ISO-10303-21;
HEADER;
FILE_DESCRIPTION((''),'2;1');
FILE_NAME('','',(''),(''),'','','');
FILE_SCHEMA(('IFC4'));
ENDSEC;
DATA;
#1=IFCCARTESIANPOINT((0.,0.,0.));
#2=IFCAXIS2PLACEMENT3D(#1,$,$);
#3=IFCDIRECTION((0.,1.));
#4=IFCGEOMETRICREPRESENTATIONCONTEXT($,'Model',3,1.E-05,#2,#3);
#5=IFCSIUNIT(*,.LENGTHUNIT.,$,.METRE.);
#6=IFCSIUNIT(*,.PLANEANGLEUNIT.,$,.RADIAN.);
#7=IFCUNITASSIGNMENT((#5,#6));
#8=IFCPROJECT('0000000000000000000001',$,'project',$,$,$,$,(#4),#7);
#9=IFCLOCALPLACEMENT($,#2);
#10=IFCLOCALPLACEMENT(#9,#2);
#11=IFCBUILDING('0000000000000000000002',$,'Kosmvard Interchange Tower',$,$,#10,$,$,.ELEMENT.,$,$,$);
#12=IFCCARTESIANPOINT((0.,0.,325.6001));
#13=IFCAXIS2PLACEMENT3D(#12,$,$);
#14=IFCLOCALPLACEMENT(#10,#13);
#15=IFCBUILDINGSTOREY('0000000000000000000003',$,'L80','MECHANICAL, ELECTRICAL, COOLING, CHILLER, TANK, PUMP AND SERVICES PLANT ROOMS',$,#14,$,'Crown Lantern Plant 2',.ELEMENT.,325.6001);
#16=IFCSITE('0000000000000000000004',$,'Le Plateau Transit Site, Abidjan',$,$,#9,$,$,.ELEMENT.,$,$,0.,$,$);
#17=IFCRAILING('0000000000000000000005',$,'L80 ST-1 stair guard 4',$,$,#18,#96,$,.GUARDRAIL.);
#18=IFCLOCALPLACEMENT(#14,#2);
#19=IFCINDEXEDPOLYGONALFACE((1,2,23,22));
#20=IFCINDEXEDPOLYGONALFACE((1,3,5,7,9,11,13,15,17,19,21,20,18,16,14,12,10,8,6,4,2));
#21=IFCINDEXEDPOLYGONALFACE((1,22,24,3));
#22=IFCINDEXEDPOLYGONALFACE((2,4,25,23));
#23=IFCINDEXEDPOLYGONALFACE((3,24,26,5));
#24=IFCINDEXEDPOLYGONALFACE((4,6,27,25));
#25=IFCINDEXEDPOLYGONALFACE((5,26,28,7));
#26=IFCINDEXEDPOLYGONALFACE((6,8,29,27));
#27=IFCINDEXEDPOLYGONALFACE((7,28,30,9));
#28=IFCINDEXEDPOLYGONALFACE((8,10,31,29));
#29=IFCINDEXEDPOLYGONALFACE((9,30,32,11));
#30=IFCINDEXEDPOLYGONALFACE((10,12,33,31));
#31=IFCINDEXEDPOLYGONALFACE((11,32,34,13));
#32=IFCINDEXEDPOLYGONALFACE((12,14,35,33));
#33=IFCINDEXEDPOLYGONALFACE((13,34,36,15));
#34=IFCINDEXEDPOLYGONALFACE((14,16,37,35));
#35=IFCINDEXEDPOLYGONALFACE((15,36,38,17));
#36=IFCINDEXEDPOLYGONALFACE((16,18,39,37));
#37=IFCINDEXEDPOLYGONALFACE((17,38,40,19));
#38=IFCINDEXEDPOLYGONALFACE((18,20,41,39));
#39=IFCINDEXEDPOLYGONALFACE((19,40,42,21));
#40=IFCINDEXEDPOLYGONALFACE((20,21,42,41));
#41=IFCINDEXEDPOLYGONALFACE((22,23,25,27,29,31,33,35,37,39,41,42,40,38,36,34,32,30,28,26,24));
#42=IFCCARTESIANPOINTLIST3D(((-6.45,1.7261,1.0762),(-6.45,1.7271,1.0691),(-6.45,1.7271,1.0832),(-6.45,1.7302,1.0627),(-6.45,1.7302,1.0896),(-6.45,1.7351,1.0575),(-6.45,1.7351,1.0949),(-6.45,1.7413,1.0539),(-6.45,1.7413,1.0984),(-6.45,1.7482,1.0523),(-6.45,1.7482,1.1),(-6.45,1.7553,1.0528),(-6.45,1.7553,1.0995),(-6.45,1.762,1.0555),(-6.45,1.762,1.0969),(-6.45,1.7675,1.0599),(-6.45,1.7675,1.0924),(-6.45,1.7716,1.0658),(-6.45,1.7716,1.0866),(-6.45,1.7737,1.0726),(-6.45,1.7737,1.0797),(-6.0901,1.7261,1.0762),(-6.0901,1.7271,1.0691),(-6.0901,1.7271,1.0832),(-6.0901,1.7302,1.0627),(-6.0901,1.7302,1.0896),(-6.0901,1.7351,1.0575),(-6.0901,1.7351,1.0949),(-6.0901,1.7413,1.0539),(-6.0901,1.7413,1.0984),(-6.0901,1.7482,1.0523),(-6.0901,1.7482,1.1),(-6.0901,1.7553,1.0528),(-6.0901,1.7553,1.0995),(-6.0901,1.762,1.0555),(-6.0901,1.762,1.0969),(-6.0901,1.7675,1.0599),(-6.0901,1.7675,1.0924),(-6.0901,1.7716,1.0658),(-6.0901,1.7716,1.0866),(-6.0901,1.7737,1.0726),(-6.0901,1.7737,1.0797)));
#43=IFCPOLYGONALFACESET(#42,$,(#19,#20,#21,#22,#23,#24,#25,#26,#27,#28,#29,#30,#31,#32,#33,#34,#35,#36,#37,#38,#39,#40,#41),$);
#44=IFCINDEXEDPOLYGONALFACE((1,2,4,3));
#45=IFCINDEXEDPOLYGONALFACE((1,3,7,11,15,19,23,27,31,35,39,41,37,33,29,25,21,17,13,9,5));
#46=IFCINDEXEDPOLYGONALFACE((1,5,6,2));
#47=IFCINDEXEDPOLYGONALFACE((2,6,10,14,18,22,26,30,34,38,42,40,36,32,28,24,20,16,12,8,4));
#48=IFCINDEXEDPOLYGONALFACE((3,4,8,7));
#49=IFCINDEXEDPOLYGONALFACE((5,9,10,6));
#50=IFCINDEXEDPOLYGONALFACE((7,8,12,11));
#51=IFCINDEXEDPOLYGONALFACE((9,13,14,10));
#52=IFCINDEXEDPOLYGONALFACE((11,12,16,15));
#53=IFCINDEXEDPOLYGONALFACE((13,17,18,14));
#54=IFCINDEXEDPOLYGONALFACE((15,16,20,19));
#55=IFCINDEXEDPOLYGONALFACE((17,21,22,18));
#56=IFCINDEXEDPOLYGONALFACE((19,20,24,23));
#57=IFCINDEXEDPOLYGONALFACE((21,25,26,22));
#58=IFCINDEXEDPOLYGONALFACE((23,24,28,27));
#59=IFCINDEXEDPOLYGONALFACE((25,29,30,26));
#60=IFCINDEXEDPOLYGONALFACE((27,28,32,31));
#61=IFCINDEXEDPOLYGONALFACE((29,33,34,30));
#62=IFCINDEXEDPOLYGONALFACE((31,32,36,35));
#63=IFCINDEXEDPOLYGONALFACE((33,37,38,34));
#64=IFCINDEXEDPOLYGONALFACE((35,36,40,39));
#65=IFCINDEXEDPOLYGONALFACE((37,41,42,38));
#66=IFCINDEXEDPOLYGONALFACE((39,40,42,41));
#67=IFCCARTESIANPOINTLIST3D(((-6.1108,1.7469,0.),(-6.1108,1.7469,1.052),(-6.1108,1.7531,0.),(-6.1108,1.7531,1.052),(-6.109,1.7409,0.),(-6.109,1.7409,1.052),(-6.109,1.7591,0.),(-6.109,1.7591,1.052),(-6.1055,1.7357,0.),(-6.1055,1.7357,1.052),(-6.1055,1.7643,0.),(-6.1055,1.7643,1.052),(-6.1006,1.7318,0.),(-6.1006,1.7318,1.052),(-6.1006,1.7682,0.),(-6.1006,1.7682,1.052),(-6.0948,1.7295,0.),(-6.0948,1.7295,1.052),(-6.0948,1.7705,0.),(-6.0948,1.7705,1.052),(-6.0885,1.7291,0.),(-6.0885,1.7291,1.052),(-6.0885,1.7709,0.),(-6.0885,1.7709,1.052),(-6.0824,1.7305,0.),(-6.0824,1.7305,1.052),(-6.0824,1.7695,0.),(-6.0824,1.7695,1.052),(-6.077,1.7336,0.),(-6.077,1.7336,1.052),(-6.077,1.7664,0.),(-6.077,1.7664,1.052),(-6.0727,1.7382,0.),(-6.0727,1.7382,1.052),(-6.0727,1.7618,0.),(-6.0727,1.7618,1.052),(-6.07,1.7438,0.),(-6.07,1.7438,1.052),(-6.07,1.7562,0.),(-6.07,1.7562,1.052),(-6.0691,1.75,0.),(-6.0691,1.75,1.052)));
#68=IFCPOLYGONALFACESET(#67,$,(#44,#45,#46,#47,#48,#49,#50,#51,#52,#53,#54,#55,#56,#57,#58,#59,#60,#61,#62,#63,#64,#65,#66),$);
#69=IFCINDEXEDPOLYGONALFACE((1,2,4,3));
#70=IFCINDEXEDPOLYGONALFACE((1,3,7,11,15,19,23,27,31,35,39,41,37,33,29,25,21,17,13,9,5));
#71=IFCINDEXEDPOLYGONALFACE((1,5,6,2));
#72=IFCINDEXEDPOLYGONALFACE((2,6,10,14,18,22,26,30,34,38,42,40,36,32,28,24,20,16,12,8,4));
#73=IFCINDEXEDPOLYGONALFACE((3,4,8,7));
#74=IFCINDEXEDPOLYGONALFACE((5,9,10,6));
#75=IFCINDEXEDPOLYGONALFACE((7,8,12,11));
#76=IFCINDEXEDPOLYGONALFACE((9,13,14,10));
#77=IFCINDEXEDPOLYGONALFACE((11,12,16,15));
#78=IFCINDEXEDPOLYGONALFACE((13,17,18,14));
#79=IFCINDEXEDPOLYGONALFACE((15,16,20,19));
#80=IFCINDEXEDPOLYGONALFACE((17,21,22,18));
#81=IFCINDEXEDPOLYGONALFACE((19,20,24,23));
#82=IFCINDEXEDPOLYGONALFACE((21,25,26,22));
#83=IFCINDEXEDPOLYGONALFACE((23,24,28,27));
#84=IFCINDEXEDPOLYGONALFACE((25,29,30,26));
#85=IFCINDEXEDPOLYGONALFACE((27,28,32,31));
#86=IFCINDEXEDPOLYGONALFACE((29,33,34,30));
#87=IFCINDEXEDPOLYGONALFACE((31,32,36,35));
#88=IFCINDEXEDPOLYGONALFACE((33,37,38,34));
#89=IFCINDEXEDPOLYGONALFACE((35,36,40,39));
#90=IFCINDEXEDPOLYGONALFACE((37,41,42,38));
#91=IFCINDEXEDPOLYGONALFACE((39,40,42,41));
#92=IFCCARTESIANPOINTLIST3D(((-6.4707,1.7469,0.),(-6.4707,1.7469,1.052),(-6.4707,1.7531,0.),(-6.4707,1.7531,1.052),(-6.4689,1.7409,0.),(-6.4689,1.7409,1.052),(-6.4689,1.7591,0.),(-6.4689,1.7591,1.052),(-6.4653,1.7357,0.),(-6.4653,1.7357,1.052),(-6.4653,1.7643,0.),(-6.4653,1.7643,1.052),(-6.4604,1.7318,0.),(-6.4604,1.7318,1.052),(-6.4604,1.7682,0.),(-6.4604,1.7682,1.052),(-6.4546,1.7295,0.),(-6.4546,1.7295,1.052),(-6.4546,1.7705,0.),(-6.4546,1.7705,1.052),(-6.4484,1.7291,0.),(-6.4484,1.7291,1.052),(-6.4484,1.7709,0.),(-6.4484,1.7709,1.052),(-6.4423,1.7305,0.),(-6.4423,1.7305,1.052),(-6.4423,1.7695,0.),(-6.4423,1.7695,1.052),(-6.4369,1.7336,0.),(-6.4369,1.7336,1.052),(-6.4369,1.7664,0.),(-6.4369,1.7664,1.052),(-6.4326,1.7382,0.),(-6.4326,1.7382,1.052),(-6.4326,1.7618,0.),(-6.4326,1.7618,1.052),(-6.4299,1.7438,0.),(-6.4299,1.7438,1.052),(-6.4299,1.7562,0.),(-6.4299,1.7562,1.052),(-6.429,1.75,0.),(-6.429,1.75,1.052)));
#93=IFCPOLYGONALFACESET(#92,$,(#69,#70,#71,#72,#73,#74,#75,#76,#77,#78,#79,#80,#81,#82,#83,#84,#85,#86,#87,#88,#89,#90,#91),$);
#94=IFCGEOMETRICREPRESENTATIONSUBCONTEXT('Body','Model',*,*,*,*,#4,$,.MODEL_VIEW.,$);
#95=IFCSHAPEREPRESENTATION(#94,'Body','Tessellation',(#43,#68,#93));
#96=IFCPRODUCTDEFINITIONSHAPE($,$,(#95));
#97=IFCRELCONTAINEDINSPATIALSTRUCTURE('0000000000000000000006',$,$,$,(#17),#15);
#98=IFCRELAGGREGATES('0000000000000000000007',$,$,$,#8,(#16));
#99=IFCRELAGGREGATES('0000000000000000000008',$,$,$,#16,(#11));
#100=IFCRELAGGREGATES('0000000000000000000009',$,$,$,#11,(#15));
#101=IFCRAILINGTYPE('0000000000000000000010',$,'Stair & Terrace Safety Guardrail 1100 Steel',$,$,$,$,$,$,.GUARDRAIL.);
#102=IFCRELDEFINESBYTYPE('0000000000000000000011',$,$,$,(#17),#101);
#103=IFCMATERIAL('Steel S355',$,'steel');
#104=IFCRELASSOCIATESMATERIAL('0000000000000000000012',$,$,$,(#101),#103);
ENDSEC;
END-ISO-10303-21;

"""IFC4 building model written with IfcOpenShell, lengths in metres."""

from ifc_helpers import new_model, si_unit, direction, frame, origin, origin_2d, place, context, subcontext, project, spatial, circle, extrude, source, transform, mapped, material, type_object, element, save


model = new_model("IFC4")

# Units and contexts
model_context = context("Model", 3, precision=1e-05, world=origin(), true_north=direction((0.0, 1.0)))
body_context = subcontext(model_context, "Body", "Model", "MODEL_VIEW")
ifc_project = project(units=[si_unit("LENGTHUNIT", "METRE"), si_unit("PLANEANGLEUNIT", "RADIAN")], contexts=[model_context])

# Site, building, storey
site_placement = place(None, origin())
site = spatial("IfcSite", under=ifc_project, at=site_placement, Name="Le Plateau Transit Site, Abidjan", CompositionType="ELEMENT", RefElevation=0.0)
building_placement = place(site_placement, origin())
building = spatial("IfcBuilding", under=site, at=building_placement, Name="Kosmvard Interchange Tower", CompositionType="ELEMENT")
storey_placement = place(building_placement, frame((0.0, 0.0, 325.6001)))
storey = spatial("IfcBuildingStorey", under=building, at=storey_placement, Name="L80", Description="MECHANICAL, ELECTRICAL, COOLING, CHILLER, TANK, PUMP AND SERVICES PLANT ROOMS", LongName="Crown Lantern Plant 2", CompositionType="ELEMENT", Elevation=325.6001)

# Shared definitions
ifc_material_1 = material(Name="Steel S355", Category="steel")

# Railing
railing_type_1 = type_object("IfcRailingType", Name="Stair & Terrace Safety Guardrail 1100 Steel", PredefinedType="GUARDRAIL", material=ifc_material_1)
shared_shape_1 = source(origin(), body_context, "Body", "SweptSolid", [
    extrude(circle(Radius=0.0239, at=origin_2d()), frame((0.0, 0.0, 1.0762), z_axis=(-1.0, 0.0, 0.0), x_axis=(0.0, -1.0, 0.0)), (0.0, 0.0, 1.0), 0.3599),
    extrude(circle(Radius=0.021, at=origin_2d()), origin(), (0.0, 0.0, 1.0), 1.052),
    extrude(circle(Radius=0.021, at=origin_2d()), frame((-0.3599, 0.0, 0.0)), (0.0, 0.0, 1.0), 1.052),
])
for number, where, name in (
    (1, (-6.0901, 1.75, 0.0), "L80 ST-1 stair guard 4"),
):
    element("IfcRailing", number, at=place(storey_placement, frame(where)), inside=storey, type_object=railing_type_1, Name=name, PredefinedType="GUARDRAIL", context=body_context, shape_type="MappedRepresentation", body=[
        mapped(shared_shape_1, transform((0.0, 0.0, 0.0), scale=1.0)),
    ])

save(model, "model.ifc")
